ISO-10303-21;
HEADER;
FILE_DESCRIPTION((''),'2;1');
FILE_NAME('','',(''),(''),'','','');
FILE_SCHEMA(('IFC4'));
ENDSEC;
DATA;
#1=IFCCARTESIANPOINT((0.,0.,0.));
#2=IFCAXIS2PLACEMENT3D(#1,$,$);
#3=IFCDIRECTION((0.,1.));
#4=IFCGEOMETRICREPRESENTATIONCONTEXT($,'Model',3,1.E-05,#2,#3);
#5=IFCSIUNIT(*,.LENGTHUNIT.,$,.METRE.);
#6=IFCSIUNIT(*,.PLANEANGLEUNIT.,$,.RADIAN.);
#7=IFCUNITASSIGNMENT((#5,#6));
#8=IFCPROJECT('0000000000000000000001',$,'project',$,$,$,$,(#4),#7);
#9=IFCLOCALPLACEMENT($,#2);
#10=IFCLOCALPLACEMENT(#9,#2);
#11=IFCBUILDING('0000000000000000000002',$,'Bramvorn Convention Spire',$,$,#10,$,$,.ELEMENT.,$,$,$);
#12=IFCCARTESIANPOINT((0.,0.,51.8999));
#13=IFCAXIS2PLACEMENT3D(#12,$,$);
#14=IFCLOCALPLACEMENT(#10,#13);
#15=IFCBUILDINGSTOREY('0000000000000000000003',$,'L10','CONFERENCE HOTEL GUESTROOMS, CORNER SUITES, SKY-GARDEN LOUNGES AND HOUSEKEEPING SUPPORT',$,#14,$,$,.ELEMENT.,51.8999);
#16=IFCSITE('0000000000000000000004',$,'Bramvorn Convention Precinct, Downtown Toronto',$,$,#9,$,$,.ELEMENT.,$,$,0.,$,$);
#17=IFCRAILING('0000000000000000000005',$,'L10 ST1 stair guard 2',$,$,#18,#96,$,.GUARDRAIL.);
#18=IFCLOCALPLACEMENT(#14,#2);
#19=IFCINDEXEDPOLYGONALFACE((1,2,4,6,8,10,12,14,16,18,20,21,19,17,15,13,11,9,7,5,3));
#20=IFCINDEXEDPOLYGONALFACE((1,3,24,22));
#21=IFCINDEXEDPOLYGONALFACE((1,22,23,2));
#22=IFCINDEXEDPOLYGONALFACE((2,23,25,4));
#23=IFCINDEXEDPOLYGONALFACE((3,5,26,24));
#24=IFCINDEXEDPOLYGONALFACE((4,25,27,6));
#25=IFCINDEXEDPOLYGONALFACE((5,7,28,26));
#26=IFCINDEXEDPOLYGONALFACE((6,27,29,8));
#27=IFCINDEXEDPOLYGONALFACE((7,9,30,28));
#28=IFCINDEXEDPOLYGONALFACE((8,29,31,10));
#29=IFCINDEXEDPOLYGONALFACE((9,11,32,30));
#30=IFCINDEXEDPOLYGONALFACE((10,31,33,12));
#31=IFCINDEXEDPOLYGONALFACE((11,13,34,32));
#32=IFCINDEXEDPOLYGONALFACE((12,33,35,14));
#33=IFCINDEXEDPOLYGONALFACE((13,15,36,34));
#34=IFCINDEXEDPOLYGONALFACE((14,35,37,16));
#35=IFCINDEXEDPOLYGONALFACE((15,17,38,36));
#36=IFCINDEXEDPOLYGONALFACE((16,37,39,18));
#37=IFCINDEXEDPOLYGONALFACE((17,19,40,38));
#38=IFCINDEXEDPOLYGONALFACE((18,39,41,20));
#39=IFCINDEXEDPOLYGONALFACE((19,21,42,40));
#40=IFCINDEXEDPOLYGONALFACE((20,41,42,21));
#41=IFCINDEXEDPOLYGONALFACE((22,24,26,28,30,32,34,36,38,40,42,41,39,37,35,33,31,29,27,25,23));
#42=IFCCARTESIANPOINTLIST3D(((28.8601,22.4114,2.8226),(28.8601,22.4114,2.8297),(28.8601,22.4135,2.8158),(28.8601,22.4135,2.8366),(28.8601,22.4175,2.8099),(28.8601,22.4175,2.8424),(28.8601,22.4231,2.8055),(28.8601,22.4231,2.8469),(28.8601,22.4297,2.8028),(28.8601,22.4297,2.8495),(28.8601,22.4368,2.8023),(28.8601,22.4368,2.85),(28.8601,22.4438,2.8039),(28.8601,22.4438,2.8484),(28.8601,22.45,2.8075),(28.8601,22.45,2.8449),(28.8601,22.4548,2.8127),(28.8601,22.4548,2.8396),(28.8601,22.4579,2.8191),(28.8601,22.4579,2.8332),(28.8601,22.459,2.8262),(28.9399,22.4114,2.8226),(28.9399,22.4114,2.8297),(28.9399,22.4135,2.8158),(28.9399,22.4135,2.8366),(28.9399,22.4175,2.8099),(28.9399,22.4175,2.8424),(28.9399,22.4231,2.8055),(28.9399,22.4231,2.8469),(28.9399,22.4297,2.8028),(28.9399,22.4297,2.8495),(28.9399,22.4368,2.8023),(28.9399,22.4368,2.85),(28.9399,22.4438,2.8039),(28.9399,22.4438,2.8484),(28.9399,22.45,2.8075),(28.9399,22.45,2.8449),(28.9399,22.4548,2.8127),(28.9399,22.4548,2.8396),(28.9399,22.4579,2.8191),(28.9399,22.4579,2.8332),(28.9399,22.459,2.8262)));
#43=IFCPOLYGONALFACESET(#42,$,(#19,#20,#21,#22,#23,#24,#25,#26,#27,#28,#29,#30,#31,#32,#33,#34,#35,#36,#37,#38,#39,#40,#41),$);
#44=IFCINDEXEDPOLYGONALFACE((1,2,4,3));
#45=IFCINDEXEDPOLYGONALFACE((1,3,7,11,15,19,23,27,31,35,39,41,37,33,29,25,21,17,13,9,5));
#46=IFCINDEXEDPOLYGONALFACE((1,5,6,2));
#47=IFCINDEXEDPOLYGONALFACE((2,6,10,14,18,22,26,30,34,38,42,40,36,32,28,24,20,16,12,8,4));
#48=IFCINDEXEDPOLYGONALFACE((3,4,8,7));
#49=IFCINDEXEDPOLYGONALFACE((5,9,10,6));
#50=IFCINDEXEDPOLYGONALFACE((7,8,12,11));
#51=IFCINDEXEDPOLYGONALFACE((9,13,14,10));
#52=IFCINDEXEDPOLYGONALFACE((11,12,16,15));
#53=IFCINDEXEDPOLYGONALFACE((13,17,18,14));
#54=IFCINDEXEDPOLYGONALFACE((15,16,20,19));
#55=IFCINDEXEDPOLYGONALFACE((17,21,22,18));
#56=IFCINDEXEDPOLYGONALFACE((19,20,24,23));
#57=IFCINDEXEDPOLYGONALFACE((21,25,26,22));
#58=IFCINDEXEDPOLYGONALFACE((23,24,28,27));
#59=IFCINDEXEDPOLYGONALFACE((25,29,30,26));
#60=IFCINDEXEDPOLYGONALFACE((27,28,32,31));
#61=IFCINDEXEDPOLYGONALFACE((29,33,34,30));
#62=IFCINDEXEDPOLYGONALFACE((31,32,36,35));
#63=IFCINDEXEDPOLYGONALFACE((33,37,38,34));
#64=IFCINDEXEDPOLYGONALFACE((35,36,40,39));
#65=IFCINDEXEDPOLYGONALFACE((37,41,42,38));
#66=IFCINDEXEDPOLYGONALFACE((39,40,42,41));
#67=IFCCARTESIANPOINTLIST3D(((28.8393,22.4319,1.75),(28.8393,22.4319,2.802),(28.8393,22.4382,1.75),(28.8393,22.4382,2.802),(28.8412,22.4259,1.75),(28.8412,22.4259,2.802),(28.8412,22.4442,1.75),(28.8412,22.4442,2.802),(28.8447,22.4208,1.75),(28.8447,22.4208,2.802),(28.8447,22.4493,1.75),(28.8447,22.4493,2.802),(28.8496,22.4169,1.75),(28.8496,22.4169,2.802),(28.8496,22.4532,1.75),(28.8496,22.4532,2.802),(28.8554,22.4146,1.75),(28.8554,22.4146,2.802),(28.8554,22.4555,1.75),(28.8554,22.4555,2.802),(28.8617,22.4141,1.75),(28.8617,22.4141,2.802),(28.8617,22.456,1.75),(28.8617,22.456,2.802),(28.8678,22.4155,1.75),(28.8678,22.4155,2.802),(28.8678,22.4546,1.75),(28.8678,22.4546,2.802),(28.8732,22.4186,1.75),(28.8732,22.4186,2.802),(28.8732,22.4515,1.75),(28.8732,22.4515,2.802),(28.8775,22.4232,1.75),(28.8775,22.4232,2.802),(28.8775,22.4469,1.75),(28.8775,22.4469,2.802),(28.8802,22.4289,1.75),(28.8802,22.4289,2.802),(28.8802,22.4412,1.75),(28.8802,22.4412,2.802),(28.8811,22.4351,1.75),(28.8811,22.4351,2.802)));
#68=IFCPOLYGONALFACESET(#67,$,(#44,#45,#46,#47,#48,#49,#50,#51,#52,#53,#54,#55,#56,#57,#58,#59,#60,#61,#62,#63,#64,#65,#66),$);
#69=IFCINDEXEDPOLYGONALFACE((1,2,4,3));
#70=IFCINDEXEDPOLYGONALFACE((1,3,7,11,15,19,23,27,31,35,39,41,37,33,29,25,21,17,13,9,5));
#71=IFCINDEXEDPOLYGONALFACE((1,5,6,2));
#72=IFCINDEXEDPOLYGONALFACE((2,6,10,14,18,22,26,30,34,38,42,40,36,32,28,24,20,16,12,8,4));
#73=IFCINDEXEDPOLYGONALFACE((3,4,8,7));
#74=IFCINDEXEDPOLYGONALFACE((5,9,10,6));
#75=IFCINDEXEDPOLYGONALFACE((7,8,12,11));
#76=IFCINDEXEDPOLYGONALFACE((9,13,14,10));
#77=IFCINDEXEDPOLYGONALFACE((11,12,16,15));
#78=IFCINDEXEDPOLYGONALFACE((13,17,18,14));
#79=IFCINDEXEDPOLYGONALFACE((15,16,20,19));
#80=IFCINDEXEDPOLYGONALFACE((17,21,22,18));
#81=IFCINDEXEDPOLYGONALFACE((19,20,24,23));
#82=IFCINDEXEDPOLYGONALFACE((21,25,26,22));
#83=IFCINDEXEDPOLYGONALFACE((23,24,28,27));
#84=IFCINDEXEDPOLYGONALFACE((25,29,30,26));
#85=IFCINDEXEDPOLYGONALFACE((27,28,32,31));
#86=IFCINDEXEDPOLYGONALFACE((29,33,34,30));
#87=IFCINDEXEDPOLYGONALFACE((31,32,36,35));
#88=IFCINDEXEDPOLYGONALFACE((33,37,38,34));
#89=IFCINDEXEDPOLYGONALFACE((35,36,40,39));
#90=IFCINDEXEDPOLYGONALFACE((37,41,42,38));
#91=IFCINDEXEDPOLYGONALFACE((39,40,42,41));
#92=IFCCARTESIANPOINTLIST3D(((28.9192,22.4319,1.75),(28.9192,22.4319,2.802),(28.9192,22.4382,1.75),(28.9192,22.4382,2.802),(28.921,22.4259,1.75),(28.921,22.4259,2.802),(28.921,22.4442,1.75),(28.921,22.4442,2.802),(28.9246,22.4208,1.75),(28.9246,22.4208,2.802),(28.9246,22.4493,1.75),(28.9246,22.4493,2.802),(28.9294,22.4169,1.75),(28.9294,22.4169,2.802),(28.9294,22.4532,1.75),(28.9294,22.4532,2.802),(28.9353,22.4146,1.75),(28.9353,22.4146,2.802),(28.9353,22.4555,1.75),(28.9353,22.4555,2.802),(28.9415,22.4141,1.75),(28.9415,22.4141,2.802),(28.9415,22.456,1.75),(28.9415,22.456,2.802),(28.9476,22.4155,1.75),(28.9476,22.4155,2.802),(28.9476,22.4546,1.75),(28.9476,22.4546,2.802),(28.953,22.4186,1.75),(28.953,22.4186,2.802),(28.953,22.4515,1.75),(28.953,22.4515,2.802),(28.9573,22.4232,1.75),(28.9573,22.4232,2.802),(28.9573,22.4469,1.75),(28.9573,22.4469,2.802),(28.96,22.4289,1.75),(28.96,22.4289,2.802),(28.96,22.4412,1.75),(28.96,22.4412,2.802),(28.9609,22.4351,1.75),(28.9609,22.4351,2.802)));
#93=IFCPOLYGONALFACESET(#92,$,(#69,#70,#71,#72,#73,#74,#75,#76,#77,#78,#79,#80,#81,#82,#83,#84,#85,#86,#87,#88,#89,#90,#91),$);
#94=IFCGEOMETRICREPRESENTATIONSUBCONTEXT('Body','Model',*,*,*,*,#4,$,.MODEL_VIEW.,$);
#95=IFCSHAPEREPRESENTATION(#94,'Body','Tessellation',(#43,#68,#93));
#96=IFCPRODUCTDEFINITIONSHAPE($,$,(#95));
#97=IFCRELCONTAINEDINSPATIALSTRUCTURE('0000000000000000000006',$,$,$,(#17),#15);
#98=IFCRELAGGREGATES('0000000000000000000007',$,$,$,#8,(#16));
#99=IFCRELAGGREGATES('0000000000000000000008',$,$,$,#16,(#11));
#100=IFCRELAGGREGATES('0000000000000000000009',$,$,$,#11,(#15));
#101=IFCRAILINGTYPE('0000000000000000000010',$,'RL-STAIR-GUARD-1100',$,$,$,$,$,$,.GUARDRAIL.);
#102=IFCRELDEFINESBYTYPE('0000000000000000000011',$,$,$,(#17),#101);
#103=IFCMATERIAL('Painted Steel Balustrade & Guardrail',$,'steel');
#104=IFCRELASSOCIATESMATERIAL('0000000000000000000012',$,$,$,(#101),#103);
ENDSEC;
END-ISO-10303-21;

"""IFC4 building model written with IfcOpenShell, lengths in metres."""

from ifc_helpers import new_model, si_unit, direction, frame, origin, origin_2d, place, context, subcontext, project, spatial, circle, extrude, material, type_object, element, save


model = new_model("IFC4")

# Units and contexts
model_context = context("Model", 3, precision=1e-05, world=origin(), true_north=direction((0.0, 1.0)))
body_context = subcontext(model_context, "Body", "Model", "MODEL_VIEW")
ifc_project = project(units=[si_unit("LENGTHUNIT", "METRE"), si_unit("PLANEANGLEUNIT", "RADIAN")], contexts=[model_context])

# Site, building, storey
site_placement = place(None, origin())
site = spatial("IfcSite", under=ifc_project, at=site_placement, Name="Bramvorn Convention Precinct, Downtown Toronto", CompositionType="ELEMENT", RefElevation=0.0)
building_placement = place(site_placement, origin())
building = spatial("IfcBuilding", under=site, at=building_placement, Name="Bramvorn Convention Spire", CompositionType="ELEMENT")
storey_placement = place(building_placement, frame((0.0, 0.0, 51.8999)))
storey = spatial("IfcBuildingStorey", under=building, at=storey_placement, Name="L10", Description="CONFERENCE HOTEL GUESTROOMS, CORNER SUITES, SKY-GARDEN LOUNGES AND HOUSEKEEPING SUPPORT", CompositionType="ELEMENT", Elevation=51.8999)

# Railing
ifc_material_1 = material(Name="Painted Steel Balustrade & Guardrail", Category="steel")
railing_type_1 = type_object("IfcRailingType", Name="RL-STAIR-GUARD-1100", PredefinedType="GUARDRAIL", material=ifc_material_1)
railing_1_placement = place(storey_placement, frame((28.8601, 22.4351, 1.75)))
element("IfcRailing", 1, at=railing_1_placement, inside=storey, type_object=railing_type_1, Name="L10 ST1 stair guard 2", PredefinedType="GUARDRAIL", context=body_context, shape_type="SweptSolid", body=[
    extrude(circle(Radius=0.0239, at=origin_2d()), frame((0.0, 0.0, 1.0762), z_axis=(1.0, 0.0, 0.0), x_axis=(0.0, 1.0, 0.0)), (0.0, 0.0, 1.0), 0.0798),
    extrude(circle(Radius=0.021, at=origin_2d()), origin(), (0.0, 0.0, 1.0), 1.052),
    extrude(circle(Radius=0.021, at=origin_2d()), frame((0.0798, 0.0, 0.0)), (0.0, 0.0, 1.0), 1.052),
])

save(model, "model.ifc")
